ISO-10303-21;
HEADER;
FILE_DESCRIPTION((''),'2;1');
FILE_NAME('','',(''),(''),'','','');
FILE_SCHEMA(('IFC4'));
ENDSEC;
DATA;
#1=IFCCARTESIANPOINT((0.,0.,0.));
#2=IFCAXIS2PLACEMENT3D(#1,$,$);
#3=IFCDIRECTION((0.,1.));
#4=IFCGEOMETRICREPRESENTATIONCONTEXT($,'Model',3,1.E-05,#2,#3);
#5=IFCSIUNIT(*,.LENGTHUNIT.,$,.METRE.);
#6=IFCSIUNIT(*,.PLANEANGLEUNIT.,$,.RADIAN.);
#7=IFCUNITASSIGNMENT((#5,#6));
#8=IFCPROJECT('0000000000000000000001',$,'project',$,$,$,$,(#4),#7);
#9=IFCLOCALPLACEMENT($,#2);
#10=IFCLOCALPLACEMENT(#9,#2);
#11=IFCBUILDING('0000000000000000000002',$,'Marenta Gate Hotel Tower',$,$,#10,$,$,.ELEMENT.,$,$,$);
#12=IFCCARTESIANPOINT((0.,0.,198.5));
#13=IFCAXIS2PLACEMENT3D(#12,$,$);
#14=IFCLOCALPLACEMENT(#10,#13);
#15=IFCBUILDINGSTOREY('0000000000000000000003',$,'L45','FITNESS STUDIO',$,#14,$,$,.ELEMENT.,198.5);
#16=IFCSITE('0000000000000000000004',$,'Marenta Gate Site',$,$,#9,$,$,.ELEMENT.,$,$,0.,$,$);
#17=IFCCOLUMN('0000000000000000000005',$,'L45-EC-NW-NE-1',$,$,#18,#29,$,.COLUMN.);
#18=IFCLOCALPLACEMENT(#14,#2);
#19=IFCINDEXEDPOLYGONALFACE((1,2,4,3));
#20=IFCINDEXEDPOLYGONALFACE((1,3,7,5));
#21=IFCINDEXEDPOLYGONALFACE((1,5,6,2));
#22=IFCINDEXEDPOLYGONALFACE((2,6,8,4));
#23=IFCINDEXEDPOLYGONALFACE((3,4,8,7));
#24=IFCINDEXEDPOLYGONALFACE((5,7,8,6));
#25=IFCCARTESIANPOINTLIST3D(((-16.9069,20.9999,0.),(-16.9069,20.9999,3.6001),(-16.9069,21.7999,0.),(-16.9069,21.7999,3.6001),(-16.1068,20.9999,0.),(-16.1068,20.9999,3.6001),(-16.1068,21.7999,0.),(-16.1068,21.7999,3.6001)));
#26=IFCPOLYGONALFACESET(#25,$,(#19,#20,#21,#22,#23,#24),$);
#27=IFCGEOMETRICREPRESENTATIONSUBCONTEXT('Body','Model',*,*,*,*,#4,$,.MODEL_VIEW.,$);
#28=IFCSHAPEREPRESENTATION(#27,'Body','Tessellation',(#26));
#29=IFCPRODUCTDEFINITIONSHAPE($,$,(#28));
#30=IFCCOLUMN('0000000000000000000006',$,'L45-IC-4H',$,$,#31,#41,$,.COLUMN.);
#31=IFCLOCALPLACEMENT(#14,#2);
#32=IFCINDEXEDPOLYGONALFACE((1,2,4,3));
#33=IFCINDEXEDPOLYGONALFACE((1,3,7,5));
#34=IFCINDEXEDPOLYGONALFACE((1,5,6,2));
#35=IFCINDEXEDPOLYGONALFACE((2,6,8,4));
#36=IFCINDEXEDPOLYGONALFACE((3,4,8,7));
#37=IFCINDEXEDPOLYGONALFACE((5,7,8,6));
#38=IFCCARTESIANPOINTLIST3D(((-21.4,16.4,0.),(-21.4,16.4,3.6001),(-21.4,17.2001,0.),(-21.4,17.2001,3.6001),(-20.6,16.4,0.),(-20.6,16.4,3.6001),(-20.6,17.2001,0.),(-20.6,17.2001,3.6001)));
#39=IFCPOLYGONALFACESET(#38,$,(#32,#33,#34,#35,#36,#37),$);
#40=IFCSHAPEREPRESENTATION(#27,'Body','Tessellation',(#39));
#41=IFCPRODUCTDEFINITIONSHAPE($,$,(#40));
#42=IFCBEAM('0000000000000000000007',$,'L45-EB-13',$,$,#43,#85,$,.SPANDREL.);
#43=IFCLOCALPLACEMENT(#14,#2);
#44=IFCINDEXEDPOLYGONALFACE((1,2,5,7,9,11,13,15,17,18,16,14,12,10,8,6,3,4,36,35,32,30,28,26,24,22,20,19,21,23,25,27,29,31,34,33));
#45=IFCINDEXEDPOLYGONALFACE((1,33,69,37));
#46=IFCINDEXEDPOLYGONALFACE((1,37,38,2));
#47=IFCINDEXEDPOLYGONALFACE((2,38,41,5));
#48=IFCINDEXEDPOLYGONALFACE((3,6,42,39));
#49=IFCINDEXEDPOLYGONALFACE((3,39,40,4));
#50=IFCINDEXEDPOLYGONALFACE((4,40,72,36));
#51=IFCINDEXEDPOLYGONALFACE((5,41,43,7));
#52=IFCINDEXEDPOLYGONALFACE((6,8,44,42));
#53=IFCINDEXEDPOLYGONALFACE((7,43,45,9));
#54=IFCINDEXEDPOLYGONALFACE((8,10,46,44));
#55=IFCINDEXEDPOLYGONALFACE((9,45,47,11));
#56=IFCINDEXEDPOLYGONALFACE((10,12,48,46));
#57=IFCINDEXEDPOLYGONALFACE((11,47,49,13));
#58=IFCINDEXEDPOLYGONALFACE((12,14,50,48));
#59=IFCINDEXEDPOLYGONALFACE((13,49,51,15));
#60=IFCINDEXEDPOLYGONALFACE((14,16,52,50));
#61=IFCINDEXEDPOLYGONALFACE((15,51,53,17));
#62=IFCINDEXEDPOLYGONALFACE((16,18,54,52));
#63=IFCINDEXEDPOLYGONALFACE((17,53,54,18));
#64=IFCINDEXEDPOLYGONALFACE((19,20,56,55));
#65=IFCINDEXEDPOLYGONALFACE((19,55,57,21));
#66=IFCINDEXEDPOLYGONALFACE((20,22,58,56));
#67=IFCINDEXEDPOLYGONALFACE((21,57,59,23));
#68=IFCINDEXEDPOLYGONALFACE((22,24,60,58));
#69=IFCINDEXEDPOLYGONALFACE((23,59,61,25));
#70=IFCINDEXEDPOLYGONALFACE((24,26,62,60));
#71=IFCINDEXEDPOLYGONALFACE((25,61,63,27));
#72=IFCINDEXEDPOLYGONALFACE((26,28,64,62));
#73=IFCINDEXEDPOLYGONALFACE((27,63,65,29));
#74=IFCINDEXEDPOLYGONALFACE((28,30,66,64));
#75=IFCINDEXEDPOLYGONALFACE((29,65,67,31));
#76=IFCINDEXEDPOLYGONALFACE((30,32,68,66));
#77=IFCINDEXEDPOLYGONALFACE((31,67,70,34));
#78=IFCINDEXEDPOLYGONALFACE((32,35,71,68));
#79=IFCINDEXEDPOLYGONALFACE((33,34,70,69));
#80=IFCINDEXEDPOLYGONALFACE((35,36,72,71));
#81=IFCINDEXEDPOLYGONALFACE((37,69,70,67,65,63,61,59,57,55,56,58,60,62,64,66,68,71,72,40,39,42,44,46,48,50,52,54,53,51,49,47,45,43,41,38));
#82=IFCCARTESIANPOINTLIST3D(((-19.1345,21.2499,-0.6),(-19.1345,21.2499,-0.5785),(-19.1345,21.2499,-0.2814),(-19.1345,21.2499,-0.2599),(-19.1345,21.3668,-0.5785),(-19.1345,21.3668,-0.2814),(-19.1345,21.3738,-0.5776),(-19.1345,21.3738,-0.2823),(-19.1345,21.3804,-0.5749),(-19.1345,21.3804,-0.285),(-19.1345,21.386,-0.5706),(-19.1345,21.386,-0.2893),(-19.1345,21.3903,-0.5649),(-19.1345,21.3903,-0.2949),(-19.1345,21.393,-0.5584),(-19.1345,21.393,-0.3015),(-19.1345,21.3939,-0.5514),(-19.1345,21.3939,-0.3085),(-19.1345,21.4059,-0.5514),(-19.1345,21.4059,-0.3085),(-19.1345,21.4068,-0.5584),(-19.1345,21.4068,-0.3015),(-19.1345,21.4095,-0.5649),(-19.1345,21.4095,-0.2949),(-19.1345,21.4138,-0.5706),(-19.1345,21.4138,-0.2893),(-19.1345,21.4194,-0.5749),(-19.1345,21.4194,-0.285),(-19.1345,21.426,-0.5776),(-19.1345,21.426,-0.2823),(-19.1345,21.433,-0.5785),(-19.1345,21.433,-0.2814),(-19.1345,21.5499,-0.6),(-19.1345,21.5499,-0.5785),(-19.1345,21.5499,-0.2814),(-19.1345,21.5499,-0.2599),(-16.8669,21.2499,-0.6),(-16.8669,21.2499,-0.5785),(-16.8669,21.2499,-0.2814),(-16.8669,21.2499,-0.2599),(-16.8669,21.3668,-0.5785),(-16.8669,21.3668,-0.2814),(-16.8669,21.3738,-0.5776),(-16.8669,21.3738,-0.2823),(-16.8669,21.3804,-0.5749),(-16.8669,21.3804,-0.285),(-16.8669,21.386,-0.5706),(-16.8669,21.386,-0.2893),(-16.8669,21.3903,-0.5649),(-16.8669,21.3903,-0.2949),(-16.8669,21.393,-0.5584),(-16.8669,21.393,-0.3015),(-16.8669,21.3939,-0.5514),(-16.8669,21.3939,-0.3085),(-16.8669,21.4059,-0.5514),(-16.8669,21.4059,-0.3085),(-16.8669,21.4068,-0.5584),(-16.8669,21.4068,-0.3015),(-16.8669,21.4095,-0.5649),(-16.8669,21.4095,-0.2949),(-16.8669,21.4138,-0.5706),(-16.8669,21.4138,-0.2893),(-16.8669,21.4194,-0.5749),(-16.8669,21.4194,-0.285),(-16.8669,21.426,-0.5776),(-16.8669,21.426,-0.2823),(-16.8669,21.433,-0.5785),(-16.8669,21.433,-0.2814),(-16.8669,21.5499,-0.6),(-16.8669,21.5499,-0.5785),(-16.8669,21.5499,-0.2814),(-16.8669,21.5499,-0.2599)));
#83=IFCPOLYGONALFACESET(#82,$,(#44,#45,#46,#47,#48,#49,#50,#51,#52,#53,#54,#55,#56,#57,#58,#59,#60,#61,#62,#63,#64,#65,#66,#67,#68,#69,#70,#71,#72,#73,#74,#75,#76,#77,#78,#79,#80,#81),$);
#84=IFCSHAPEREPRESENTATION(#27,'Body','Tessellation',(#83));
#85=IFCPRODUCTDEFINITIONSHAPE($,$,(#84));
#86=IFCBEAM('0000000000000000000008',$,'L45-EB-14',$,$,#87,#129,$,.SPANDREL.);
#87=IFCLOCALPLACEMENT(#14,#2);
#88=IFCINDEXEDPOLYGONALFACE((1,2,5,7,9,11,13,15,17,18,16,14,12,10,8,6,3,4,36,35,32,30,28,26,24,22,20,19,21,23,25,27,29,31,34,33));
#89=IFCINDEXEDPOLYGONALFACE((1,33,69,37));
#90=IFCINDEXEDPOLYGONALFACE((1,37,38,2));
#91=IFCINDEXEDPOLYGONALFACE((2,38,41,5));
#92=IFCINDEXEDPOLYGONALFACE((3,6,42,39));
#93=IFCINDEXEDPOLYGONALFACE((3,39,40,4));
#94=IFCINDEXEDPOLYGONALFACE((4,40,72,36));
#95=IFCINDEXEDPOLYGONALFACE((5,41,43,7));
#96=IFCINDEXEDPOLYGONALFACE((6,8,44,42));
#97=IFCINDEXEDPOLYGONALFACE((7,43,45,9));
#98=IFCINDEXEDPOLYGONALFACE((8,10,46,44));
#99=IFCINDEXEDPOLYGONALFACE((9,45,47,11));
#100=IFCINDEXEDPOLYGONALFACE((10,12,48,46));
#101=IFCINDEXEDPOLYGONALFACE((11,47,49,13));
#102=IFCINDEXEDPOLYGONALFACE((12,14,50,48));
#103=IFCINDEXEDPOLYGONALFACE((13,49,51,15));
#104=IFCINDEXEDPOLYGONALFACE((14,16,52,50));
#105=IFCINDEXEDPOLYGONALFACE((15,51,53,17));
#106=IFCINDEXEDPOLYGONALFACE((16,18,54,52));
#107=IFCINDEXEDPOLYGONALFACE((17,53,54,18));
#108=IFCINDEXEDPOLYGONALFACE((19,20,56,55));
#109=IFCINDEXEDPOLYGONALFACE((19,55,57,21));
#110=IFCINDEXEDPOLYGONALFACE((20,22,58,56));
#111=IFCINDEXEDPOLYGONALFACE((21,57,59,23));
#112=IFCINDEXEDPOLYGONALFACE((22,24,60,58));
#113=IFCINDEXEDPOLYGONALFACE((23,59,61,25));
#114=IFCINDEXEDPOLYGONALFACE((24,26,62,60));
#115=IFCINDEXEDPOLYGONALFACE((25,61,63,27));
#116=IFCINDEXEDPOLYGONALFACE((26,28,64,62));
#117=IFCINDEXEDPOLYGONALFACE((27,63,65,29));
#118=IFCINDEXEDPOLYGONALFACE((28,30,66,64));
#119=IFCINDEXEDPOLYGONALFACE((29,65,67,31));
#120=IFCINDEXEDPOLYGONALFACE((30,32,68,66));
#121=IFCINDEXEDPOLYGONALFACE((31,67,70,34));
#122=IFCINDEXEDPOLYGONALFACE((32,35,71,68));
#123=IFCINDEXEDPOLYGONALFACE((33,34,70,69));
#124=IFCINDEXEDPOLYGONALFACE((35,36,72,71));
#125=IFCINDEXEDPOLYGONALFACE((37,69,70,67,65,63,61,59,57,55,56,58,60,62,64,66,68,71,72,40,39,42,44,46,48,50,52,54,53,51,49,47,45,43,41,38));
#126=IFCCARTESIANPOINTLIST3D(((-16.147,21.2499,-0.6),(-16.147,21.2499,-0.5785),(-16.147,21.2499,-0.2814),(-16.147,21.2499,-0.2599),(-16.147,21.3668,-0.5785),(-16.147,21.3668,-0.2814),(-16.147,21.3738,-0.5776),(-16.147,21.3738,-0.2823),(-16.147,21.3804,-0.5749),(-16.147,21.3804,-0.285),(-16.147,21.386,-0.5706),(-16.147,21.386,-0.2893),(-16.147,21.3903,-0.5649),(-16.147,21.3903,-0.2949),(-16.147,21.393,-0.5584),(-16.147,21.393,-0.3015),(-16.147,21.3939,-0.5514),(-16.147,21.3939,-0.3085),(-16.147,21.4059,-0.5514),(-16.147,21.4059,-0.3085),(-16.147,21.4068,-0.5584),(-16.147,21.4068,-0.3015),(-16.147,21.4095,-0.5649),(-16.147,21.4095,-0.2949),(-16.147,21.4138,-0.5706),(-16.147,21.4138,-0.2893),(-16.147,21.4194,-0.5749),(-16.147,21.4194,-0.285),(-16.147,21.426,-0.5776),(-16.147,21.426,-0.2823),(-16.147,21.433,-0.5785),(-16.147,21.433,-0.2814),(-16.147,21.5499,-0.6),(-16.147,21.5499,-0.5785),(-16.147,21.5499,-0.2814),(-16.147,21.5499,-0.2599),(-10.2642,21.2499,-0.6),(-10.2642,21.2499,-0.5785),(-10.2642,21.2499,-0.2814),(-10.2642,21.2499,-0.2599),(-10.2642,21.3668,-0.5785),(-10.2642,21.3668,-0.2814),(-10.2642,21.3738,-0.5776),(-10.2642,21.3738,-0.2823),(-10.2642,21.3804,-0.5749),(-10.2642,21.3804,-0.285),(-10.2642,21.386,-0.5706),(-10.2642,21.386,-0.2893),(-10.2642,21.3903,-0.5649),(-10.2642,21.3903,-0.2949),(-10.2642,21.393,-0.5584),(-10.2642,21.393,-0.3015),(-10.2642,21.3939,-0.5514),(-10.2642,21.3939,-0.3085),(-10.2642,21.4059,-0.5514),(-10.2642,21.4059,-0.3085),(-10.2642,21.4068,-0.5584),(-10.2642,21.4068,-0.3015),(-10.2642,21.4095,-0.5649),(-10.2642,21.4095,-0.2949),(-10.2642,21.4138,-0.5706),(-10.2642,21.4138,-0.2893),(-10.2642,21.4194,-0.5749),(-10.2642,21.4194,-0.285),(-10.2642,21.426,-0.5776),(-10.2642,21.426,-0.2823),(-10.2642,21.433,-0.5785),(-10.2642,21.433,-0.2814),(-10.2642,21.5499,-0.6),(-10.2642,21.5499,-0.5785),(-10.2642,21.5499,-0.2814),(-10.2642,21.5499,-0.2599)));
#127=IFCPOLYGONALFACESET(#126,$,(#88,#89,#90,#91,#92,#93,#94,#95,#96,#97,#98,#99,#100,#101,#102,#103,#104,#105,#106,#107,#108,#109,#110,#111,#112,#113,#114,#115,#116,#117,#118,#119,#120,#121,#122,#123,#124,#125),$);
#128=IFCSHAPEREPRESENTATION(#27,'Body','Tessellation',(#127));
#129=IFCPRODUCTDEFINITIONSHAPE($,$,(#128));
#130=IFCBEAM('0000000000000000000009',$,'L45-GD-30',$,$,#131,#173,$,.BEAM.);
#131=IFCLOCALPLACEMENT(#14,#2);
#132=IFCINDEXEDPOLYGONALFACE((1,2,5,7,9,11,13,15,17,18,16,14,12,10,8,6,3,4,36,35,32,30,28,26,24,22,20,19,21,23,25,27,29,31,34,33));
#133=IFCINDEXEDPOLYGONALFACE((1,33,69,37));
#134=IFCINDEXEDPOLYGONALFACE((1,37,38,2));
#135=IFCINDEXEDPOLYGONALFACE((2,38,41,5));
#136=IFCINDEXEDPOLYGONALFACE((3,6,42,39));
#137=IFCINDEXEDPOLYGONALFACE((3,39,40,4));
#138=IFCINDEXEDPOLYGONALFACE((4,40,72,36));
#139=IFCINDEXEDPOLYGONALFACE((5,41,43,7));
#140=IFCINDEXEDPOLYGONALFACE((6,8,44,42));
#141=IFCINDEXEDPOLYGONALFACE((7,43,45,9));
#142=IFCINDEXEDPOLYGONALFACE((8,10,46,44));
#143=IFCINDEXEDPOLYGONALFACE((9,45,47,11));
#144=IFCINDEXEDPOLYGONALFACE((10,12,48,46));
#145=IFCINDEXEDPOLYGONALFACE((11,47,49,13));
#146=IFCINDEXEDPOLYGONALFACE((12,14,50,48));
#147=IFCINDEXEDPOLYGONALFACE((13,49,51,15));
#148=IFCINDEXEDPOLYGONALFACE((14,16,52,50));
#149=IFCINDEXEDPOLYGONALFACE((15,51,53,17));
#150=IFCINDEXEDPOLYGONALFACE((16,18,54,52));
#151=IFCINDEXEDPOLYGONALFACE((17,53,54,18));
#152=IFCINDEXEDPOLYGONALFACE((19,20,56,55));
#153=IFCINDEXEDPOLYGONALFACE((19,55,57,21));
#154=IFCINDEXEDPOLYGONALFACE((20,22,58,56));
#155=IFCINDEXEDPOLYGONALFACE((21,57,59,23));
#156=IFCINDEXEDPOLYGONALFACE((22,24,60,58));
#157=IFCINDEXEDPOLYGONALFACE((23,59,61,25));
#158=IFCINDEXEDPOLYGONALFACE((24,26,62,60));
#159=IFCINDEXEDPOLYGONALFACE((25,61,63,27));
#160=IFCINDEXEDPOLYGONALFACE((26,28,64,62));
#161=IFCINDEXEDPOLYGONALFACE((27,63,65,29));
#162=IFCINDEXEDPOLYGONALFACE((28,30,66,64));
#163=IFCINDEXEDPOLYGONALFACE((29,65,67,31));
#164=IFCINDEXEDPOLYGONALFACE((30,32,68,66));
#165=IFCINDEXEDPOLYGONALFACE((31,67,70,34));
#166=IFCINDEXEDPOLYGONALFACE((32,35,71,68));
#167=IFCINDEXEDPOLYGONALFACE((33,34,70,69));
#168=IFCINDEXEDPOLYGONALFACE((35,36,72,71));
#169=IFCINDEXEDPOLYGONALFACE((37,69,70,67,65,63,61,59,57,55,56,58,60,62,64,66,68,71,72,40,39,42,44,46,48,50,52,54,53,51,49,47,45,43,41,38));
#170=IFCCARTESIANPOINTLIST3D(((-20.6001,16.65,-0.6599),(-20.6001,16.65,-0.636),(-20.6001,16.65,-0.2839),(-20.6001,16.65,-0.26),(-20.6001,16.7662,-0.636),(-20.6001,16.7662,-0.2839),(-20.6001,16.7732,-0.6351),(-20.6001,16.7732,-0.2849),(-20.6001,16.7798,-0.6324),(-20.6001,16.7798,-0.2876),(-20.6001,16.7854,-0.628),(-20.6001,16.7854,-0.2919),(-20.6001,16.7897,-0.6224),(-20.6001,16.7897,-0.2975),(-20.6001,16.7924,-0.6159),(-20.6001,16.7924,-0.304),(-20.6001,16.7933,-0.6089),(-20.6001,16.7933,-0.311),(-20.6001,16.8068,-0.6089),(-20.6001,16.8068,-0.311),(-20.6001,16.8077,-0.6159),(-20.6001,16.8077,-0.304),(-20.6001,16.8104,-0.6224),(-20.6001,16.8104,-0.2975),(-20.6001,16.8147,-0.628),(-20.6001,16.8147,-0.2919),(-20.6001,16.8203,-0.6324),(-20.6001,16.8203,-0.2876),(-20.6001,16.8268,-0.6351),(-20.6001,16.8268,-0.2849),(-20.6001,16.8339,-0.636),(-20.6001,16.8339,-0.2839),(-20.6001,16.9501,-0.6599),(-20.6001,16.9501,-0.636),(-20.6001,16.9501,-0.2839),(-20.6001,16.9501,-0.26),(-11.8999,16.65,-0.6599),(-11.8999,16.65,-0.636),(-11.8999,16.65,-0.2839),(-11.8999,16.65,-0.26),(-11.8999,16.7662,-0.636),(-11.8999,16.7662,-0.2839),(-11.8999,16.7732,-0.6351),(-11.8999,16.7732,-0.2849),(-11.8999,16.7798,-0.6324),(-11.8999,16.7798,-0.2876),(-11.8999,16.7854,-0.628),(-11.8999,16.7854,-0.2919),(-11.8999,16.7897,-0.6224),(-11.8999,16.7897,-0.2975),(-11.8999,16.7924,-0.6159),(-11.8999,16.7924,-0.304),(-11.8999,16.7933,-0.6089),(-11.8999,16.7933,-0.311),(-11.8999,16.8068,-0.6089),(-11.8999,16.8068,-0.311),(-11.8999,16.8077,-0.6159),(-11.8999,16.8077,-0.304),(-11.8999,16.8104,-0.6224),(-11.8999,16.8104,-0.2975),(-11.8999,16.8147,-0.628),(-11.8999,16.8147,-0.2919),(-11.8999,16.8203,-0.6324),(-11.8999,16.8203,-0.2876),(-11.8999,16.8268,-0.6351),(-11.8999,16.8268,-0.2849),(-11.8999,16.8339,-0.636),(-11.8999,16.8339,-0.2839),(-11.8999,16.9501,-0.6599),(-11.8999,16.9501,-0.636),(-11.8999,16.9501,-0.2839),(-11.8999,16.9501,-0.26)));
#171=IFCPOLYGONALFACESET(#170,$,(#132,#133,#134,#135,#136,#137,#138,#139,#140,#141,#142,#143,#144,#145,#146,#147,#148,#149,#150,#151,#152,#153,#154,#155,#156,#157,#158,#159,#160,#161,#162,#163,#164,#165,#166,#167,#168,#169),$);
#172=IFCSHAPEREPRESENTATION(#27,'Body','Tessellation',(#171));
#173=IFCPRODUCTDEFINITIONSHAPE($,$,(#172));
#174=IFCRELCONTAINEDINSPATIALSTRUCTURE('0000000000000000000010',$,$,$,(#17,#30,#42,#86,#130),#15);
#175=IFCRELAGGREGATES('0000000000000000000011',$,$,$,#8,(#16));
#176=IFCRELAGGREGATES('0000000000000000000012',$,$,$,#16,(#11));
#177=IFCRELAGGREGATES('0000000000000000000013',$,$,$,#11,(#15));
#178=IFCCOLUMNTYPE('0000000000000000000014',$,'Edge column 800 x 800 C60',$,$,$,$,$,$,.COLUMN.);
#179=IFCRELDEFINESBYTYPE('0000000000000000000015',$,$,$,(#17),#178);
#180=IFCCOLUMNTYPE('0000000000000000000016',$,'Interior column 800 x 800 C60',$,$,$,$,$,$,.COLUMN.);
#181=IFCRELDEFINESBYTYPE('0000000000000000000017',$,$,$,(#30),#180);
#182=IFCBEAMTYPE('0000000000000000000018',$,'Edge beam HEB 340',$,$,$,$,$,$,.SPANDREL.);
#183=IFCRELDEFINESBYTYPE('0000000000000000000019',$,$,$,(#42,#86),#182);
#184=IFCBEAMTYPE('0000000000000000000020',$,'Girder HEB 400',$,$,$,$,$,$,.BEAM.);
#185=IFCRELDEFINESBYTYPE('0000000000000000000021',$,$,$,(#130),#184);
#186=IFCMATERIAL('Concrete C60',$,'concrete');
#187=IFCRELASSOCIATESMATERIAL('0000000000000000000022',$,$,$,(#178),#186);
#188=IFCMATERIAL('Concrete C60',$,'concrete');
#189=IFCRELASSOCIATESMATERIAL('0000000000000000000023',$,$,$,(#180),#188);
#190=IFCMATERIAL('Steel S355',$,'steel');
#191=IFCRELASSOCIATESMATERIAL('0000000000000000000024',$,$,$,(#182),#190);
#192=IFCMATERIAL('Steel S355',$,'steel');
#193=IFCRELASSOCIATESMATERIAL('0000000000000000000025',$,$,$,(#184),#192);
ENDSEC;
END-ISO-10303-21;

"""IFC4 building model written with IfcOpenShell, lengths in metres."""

from ifc_helpers import new_model, si_unit, direction, frame, origin, origin_2d, place, context, subcontext, project, spatial, rectangle, i_section, extrude, material, material_profile, profile_set, type_object, element, save


model = new_model("IFC4")

# Units and contexts
model_context = context("Model", 3, precision=1e-05, world=origin(), true_north=direction((0.0, 1.0)))
body_context = subcontext(model_context, "Body", "Model", "MODEL_VIEW")
ifc_project = project(units=[si_unit("LENGTHUNIT", "METRE"), si_unit("PLANEANGLEUNIT", "RADIAN")], contexts=[model_context])

# Site, building, storey
site_placement = place(None, origin())
site = spatial("IfcSite", under=ifc_project, at=site_placement, Name="Marenta Gate Site", CompositionType="ELEMENT", RefElevation=0.0)
building_placement = place(site_placement, origin())
building = spatial("IfcBuilding", under=site, at=building_placement, Name="Marenta Gate Hotel Tower", CompositionType="ELEMENT")
storey_placement = place(building_placement, frame((0.0, 0.0, 198.5)))
storey = spatial("IfcBuildingStorey", under=building, at=storey_placement, Name="L45", Description="FITNESS STUDIO", CompositionType="ELEMENT", Elevation=198.5)

# Columns
ifc_material_1 = material(Name="Concrete C60", Category="concrete")
ifc_material_profile_1 = material_profile(ifc_material_1, rectangle(XDim=0.8, YDim=0.8, at=origin_2d()), Name="800 x 800")
ifc_profile_set_1 = profile_set([ifc_material_profile_1], Name="Concrete C60")
column_type_1 = type_object("IfcColumnType", Name="Edge column 800 x 800 C60", PredefinedType="COLUMN", material=ifc_profile_set_1)
column_1_placement = place(storey_placement, frame((-16.5068, 21.3999, 0.0), z_axis=(0.0, 0.0, 1.0), x_axis=(1.0, 0.0, 0.0)))
element("IfcColumn", 1, at=column_1_placement, inside=storey, type_object=column_type_1, Name="L45-EC-NW-NE-1", PredefinedType="COLUMN", context=body_context, shape_type="SweptSolid", body=[
    extrude(rectangle(XDim=0.8, YDim=0.8, at=origin_2d()), origin(), (0.0, 0.0, 1.0), 3.6001),
])
ifc_material_2 = material(Name="Concrete C60", Category="concrete")
ifc_material_profile_2 = material_profile(ifc_material_2, rectangle(XDim=0.8, YDim=0.8, at=origin_2d()), Name="800 x 800")
ifc_profile_set_2 = profile_set([ifc_material_profile_2], Name="Concrete C60")
column_type_2 = type_object("IfcColumnType", Name="Interior column 800 x 800 C60", PredefinedType="COLUMN", material=ifc_profile_set_2)
column_2_placement = place(storey_placement, frame((-21.0, 16.8, 0.0), z_axis=(0.0, 0.0, 1.0), x_axis=(1.0, 0.0, 0.0)))
element("IfcColumn", 2, at=column_2_placement, inside=storey, type_object=column_type_2, Name="L45-IC-4H", PredefinedType="COLUMN", context=body_context, shape_type="SweptSolid", body=[
    extrude(rectangle(XDim=0.8, YDim=0.8, at=origin_2d()), origin(), (0.0, 0.0, 1.0), 3.6001),
])

# Beams
ifc_material_3 = material(Name="Steel S355", Category="steel")
ifc_material_profile_3 = material_profile(ifc_material_3, i_section(OverallWidth=0.3, OverallDepth=0.3401, WebThickness=0.012, FlangeThickness=0.0215, FilletRadius=0.0271, at=origin_2d()), Name="HEB 340")
ifc_profile_set_3 = profile_set([ifc_material_profile_3], Name="Steel S355")
beam_type_1 = type_object("IfcBeamType", Name="Edge beam HEB 340", PredefinedType="SPANDREL", material=ifc_profile_set_3)
beam_1_placement = place(storey_placement, frame((-19.1345, 21.3999, -0.4299), z_axis=(1.0, 0.0, 0.0), x_axis=(0.0, 1.0, 0.0)))
element("IfcBeam", 3, at=beam_1_placement, inside=storey, type_object=beam_type_1, Name="L45-EB-13", PredefinedType="SPANDREL", context=body_context, shape_type="SweptSolid", body=[
    extrude(i_section(OverallWidth=0.3, OverallDepth=0.3401, WebThickness=0.012, FlangeThickness=0.0215, FilletRadius=0.0271, at=origin_2d()), origin(), (0.0, 0.0, 1.0), 2.2676),
])
beam_2_placement = place(storey_placement, frame((-16.147, 21.3999, -0.4299), z_axis=(1.0, 0.0, 0.0), x_axis=(0.0, 1.0, 0.0)))
element("IfcBeam", 4, at=beam_2_placement, inside=storey, type_object=beam_type_1, Name="L45-EB-14", PredefinedType="SPANDREL", context=body_context, shape_type="SweptSolid", body=[
    extrude(i_section(OverallWidth=0.3, OverallDepth=0.3401, WebThickness=0.012, FlangeThickness=0.0215, FilletRadius=0.0271, at=origin_2d()), origin(), (0.0, 0.0, 1.0), 5.8828),
])
ifc_material_4 = material(Name="Steel S355", Category="steel")
ifc_material_profile_4 = material_profile(ifc_material_4, i_section(OverallWidth=0.3, OverallDepth=0.3999, WebThickness=0.0134, FlangeThickness=0.0239, FilletRadius=0.0271, at=origin_2d()), Name="HEB 400")
ifc_profile_set_4 = profile_set([ifc_material_profile_4], Name="Steel S355")
beam_type_2 = type_object("IfcBeamType", Name="Girder HEB 400", PredefinedType="BEAM", material=ifc_profile_set_4)
beam_3_placement = place(storey_placement, frame((-20.6001, 16.8, -0.46), z_axis=(1.0, 0.0, 0.0), x_axis=(0.0, 1.0, 0.0)))
element("IfcBeam", 5, at=beam_3_placement, inside=storey, type_object=beam_type_2, Name="L45-GD-30", PredefinedType="BEAM", context=body_context, shape_type="SweptSolid", body=[
    extrude(i_section(OverallWidth=0.3, OverallDepth=0.3999, WebThickness=0.0134, FlangeThickness=0.0239, FilletRadius=0.0271, at=origin_2d()), origin(), (0.0, 0.0, 1.0), 8.7002),
])

save(model, "model.ifc")
